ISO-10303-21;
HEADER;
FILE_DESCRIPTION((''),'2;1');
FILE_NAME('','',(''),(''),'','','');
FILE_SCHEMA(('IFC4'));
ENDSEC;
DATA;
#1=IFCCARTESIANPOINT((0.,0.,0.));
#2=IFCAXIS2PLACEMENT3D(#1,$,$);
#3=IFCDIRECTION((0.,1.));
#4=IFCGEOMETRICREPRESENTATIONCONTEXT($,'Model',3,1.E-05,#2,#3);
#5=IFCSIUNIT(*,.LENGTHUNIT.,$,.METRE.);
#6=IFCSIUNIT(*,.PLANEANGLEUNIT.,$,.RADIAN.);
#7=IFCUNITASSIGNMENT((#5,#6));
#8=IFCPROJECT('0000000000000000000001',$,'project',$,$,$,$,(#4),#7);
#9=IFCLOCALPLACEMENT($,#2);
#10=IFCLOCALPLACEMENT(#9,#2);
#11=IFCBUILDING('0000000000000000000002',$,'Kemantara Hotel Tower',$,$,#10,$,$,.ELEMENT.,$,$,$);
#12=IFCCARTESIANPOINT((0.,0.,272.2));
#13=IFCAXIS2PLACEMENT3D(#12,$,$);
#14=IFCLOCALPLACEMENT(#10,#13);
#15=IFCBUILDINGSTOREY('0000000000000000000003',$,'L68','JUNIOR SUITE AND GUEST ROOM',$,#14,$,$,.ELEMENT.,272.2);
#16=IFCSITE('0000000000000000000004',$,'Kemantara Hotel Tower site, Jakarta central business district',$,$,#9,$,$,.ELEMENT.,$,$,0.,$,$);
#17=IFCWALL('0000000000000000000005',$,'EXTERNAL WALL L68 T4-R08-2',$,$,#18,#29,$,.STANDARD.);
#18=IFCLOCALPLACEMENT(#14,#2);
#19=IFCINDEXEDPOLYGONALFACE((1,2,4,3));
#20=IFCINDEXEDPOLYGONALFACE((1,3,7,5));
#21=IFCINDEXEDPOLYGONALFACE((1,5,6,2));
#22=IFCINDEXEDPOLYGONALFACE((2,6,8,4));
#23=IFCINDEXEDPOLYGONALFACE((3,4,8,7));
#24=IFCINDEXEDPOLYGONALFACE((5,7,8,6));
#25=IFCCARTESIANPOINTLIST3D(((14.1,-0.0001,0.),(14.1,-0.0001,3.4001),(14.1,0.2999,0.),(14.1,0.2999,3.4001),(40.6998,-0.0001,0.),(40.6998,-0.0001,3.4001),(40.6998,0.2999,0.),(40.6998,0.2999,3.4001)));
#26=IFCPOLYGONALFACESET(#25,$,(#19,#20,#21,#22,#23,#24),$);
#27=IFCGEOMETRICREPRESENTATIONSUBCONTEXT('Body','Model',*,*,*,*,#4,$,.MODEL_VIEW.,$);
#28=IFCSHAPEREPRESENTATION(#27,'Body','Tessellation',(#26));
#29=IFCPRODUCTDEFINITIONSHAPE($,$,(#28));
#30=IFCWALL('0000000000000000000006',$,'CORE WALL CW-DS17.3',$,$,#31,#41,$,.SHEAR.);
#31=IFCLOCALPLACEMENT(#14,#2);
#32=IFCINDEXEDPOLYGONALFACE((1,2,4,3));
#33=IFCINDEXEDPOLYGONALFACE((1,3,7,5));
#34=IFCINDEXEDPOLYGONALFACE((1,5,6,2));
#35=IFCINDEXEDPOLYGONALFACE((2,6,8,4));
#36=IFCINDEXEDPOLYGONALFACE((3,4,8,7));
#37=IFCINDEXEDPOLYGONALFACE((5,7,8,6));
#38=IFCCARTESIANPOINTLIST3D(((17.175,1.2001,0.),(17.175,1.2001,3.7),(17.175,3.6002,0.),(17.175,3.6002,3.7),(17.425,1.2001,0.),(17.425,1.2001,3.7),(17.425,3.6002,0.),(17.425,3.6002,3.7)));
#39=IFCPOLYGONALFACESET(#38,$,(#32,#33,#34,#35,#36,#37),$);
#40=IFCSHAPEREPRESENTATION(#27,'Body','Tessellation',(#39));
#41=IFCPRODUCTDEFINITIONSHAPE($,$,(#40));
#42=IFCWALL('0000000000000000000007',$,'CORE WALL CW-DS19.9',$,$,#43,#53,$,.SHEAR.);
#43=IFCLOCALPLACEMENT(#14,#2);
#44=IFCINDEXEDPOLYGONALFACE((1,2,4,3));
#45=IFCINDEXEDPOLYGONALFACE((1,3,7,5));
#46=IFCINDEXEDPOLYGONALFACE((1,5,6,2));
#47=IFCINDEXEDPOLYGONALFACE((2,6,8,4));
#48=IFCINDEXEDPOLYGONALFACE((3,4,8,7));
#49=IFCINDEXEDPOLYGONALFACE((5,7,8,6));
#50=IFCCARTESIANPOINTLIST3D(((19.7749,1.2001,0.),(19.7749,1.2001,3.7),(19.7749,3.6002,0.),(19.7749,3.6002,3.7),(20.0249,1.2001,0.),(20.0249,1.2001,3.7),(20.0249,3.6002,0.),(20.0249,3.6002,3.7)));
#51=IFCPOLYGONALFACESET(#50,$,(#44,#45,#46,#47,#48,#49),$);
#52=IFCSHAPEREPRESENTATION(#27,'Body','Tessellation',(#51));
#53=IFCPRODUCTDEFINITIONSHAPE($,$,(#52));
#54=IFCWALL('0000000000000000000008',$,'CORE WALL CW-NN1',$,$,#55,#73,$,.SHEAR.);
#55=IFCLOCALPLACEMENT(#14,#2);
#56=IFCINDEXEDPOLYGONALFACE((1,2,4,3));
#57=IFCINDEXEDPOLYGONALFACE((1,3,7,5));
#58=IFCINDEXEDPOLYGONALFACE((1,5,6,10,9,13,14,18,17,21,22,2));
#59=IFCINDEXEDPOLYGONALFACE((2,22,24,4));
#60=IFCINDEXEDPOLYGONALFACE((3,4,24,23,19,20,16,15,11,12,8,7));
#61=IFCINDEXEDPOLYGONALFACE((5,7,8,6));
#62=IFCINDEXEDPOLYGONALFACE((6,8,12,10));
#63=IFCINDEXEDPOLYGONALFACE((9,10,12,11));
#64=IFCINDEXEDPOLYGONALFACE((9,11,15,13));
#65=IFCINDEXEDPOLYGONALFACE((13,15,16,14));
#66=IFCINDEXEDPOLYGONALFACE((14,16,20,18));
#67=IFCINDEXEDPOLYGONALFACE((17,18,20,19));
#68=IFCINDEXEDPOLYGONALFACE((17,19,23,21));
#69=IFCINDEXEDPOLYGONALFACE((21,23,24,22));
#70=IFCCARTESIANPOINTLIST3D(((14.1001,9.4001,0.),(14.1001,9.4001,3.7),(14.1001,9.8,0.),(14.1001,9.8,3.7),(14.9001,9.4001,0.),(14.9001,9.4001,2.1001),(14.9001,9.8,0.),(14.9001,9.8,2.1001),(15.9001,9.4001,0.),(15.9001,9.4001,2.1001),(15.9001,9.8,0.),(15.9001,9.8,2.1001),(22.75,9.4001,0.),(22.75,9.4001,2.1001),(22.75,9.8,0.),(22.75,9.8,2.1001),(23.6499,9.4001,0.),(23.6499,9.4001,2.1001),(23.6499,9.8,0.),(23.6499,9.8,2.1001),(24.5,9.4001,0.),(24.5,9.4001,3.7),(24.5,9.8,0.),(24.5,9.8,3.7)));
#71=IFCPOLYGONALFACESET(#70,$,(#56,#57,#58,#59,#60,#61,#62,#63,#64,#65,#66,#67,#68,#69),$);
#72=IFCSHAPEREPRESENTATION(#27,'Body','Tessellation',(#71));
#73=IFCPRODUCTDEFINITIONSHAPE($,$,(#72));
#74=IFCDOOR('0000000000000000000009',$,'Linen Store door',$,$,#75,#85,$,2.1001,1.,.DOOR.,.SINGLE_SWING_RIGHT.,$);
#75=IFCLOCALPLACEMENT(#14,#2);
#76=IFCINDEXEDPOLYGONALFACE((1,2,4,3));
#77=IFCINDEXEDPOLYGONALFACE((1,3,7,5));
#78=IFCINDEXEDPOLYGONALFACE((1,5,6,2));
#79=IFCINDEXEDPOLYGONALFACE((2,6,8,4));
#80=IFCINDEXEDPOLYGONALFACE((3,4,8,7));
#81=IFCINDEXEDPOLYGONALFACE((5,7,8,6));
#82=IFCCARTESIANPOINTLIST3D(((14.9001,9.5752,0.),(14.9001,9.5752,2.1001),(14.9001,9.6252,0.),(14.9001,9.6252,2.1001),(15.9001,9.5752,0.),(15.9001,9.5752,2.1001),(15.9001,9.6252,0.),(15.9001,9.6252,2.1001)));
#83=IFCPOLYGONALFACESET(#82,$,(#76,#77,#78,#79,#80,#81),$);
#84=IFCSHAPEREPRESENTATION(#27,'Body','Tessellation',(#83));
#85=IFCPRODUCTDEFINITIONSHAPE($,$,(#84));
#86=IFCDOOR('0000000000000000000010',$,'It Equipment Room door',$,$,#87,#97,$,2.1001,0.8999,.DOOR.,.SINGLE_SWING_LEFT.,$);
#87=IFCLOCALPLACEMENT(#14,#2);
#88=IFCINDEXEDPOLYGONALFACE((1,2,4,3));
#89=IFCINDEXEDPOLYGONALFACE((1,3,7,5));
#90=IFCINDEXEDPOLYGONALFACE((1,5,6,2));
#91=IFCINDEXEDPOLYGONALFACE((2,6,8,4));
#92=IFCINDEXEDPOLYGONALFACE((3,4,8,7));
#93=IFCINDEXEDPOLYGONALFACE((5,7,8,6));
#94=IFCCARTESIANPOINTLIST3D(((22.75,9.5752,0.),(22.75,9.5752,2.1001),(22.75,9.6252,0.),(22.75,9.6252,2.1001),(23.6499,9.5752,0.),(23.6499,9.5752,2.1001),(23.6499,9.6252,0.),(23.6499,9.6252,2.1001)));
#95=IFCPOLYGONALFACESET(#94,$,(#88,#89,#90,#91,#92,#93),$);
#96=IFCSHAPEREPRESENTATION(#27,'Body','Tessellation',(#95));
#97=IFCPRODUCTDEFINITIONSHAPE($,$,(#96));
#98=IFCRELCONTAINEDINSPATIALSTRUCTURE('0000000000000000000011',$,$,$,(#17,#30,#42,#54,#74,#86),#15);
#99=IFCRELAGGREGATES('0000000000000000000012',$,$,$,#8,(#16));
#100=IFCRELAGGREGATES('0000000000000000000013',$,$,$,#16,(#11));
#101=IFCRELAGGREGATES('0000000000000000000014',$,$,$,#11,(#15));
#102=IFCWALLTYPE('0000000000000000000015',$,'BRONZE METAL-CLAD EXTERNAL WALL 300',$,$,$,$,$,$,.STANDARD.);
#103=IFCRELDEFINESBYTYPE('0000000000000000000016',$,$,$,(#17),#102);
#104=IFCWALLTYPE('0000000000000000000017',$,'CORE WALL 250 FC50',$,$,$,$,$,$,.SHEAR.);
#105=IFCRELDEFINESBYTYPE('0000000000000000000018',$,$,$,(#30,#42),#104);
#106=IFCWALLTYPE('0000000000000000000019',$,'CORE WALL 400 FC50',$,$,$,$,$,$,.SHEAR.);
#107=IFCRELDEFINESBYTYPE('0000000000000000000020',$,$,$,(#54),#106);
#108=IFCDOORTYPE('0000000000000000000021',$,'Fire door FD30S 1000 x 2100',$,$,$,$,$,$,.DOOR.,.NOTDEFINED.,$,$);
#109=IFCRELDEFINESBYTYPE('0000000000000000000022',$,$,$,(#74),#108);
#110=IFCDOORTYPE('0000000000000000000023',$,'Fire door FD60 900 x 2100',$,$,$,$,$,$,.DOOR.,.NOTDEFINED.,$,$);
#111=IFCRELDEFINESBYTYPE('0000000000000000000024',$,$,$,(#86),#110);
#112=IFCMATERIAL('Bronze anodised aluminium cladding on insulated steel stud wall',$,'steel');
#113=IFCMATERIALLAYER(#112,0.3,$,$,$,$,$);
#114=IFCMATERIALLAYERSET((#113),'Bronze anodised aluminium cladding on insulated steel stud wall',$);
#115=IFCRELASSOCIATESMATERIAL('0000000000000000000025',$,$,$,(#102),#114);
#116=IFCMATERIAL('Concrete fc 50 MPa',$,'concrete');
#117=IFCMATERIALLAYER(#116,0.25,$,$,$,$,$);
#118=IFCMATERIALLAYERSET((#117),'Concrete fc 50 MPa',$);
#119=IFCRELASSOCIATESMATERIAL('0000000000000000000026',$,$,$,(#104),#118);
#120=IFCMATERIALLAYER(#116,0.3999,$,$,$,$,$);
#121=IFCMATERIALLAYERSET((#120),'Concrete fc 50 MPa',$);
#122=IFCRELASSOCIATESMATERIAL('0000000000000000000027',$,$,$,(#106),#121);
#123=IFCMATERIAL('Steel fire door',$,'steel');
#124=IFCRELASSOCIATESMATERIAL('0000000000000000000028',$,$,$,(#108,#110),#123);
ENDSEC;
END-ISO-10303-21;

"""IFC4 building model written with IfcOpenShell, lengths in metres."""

from ifc_helpers import new_model, si_unit, direction, frame, frame_2d, origin, place, context, subcontext, project, spatial, rectangle, extrude, material, layer, layer_set, type_object, element, fill, save


model = new_model("IFC4")

# Units and contexts
model_context = context("Model", 3, precision=1e-05, world=origin(), true_north=direction((0.0, 1.0)))
body_context = subcontext(model_context, "Body", "Model", "MODEL_VIEW")
ifc_project = project(units=[si_unit("LENGTHUNIT", "METRE"), si_unit("PLANEANGLEUNIT", "RADIAN")], contexts=[model_context])

# Site, building, storey
site_placement = place(None, origin())
site = spatial("IfcSite", under=ifc_project, at=site_placement, Name="Kemantara Hotel Tower site, Jakarta central business district", CompositionType="ELEMENT", RefElevation=0.0)
building_placement = place(site_placement, origin())
building = spatial("IfcBuilding", under=site, at=building_placement, Name="Kemantara Hotel Tower", CompositionType="ELEMENT")
storey_placement = place(building_placement, frame((0.0, 0.0, 272.2)))
storey = spatial("IfcBuildingStorey", under=building, at=storey_placement, Name="L68", Description="JUNIOR SUITE AND GUEST ROOM", CompositionType="ELEMENT", Elevation=272.2)

# Walls
ifc_material_1 = material(Name="Bronze anodised aluminium cladding on insulated steel stud wall", Category="steel")
ifc_layer_1 = layer(ifc_material_1, 0.3)
ifc_layer_set_1 = layer_set([ifc_layer_1], Name="Bronze anodised aluminium cladding on insulated steel stud wall")
wall_type_1 = type_object("IfcWallType", Name="BRONZE METAL-CLAD EXTERNAL WALL 300", PredefinedType="STANDARD", material=ifc_layer_set_1)
wall_1_placement = place(storey_placement, frame((14.1001, 0.1499, 0.0), z_axis=(0.0, 0.0, 1.0), x_axis=(1.0, 0.0, 0.0)))
element("IfcWall", 1, at=wall_1_placement, inside=storey, type_object=wall_type_1, Name="EXTERNAL WALL L68 T4-R08-2", PredefinedType="STANDARD", context=body_context, shape_type="SweptSolid", body=[
    extrude(rectangle(XDim=26.5999, YDim=0.3, at=frame_2d((13.2998, 0.0))), origin(), (0.0, 0.0, 1.0), 3.4001),
])
ifc_material_2 = material(Name="Concrete fc 50 MPa", Category="concrete")
ifc_layer_2 = layer(ifc_material_2, 0.25)
ifc_layer_set_2 = layer_set([ifc_layer_2], Name="Concrete fc 50 MPa")
wall_type_2 = type_object("IfcWallType", Name="CORE WALL 250 FC50", PredefinedType="SHEAR", material=ifc_layer_set_2)
for number, where, z_axis, x_axis, name in (
    (2, (17.3, 1.2, 0.0), (0.0, 0.0, 1.0), (0.0, 1.0, 0.0), "CORE WALL CW-DS17.3"),
    (3, (19.8999, 1.2, 0.0), (0.0, 0.0, 1.0), (0.0, 1.0, 0.0), "CORE WALL CW-DS19.9"),
):
    element("IfcWall", number, at=place(storey_placement, frame(where, z_axis=z_axis, x_axis=x_axis)), inside=storey, type_object=wall_type_2, Name=name, PredefinedType="SHEAR", context=body_context, shape_type="SweptSolid", body=[
        extrude(rectangle(XDim=2.4001, YDim=0.25, at=frame_2d((1.2002, 0.0))), origin(), (0.0, 0.0, 1.0), 3.7),
    ])

# Wall, openings, doors
ifc_layer_3 = layer(ifc_material_2, 0.3999)
ifc_layer_set_3 = layer_set([ifc_layer_3], Name="Concrete fc 50 MPa")
wall_type_3 = type_object("IfcWallType", Name="CORE WALL 400 FC50", PredefinedType="SHEAR", material=ifc_layer_set_3)
wall_2_placement = place(storey_placement, frame((14.1001, 9.6001, 0.0), z_axis=(0.0, 0.0, 1.0), x_axis=(1.0, 0.0, 0.0)))
wall_2 = element("IfcWall", 4, at=wall_2_placement, inside=storey, type_object=wall_type_3, Name="CORE WALL CW-NN1", PredefinedType="SHEAR", context=body_context, shape_type="SweptSolid", body=[
    extrude(rectangle(XDim=10.3999, YDim=0.3999, at=frame_2d((5.2, 0.0))), origin(), (0.0, 0.0, 1.0), 3.7),
])
opening_1_placement = place(wall_2_placement, frame((0.8, 0.0, 0.0)))
opening_1 = element("IfcOpeningElement", 5, at=opening_1_placement, cuts=wall_2, PredefinedType="OPENING", context=body_context, shape_type="SweptSolid", body=[
    extrude(rectangle(XDim=1.0, YDim=2.1001, at=frame_2d((0.5, 1.05))), frame((0.0, 0.21, 0.0), z_axis=(0.0, -1.0, 0.0), x_axis=(1.0, 0.0, 0.0)), (0.0, 0.0, 1.0), 0.4199),
])
opening_2_placement = place(wall_2_placement, frame((8.6499, 0.0, 0.0)))
opening_2 = element("IfcOpeningElement", 6, at=opening_2_placement, cuts=wall_2, PredefinedType="OPENING", context=body_context, shape_type="SweptSolid", body=[
    extrude(rectangle(XDim=0.8999, YDim=2.1001, at=frame_2d((0.45, 1.05))), frame((0.0, 0.21, 0.0), z_axis=(0.0, -1.0, 0.0), x_axis=(1.0, 0.0, 0.0)), (0.0, 0.0, 1.0), 0.4199),
])
ifc_material_3 = material(Name="Steel fire door", Category="steel")
door_type_1 = type_object("IfcDoorType", Name="Fire door FD30S 1000 x 2100", OperationType="NOTDEFINED", PredefinedType="DOOR", material=ifc_material_3)
door_1_placement = place(opening_1_placement, frame((1.0, 0.0, 0.0), z_axis=(0.0, 0.0, 1.0), x_axis=(-1.0, 0.0, 0.0)))
door_1 = element("IfcDoor", 7, at=door_1_placement, inside=storey, type_object=door_type_1, Name="Linen Store door", OperationType="SINGLE_SWING_RIGHT", OverallHeight=2.1001, OverallWidth=1.0, PredefinedType="DOOR", context=body_context, shape_type="SweptSolid", body=[
    extrude(rectangle(XDim=1.0, YDim=2.1001, at=frame_2d((0.5, 1.05))), frame((0.0, 0.0249, 0.0), z_axis=(0.0, -1.0, 0.0), x_axis=(1.0, 0.0, 0.0)), (0.0, 0.0, 1.0), 0.05),
])
fill(opening_1, door_1)
door_type_2 = type_object("IfcDoorType", Name="Fire door FD60 900 x 2100", OperationType="NOTDEFINED", PredefinedType="DOOR", material=ifc_material_3)
door_2_placement = place(opening_2_placement, frame((0.8999, 0.0, 0.0), z_axis=(0.0, 0.0, 1.0), x_axis=(-1.0, 0.0, 0.0)))
door_2 = element("IfcDoor", 8, at=door_2_placement, inside=storey, type_object=door_type_2, Name="It Equipment Room door", OperationType="SINGLE_SWING_LEFT", OverallHeight=2.1001, OverallWidth=0.8999, PredefinedType="DOOR", context=body_context, shape_type="SweptSolid", body=[
    extrude(rectangle(XDim=0.8999, YDim=2.1001, at=frame_2d((0.45, 1.05))), frame((0.0, 0.0249, 0.0), z_axis=(0.0, -1.0, 0.0), x_axis=(1.0, 0.0, 0.0)), (0.0, 0.0, 1.0), 0.05),
])
fill(opening_2, door_2)

save(model, "model.ifc")
